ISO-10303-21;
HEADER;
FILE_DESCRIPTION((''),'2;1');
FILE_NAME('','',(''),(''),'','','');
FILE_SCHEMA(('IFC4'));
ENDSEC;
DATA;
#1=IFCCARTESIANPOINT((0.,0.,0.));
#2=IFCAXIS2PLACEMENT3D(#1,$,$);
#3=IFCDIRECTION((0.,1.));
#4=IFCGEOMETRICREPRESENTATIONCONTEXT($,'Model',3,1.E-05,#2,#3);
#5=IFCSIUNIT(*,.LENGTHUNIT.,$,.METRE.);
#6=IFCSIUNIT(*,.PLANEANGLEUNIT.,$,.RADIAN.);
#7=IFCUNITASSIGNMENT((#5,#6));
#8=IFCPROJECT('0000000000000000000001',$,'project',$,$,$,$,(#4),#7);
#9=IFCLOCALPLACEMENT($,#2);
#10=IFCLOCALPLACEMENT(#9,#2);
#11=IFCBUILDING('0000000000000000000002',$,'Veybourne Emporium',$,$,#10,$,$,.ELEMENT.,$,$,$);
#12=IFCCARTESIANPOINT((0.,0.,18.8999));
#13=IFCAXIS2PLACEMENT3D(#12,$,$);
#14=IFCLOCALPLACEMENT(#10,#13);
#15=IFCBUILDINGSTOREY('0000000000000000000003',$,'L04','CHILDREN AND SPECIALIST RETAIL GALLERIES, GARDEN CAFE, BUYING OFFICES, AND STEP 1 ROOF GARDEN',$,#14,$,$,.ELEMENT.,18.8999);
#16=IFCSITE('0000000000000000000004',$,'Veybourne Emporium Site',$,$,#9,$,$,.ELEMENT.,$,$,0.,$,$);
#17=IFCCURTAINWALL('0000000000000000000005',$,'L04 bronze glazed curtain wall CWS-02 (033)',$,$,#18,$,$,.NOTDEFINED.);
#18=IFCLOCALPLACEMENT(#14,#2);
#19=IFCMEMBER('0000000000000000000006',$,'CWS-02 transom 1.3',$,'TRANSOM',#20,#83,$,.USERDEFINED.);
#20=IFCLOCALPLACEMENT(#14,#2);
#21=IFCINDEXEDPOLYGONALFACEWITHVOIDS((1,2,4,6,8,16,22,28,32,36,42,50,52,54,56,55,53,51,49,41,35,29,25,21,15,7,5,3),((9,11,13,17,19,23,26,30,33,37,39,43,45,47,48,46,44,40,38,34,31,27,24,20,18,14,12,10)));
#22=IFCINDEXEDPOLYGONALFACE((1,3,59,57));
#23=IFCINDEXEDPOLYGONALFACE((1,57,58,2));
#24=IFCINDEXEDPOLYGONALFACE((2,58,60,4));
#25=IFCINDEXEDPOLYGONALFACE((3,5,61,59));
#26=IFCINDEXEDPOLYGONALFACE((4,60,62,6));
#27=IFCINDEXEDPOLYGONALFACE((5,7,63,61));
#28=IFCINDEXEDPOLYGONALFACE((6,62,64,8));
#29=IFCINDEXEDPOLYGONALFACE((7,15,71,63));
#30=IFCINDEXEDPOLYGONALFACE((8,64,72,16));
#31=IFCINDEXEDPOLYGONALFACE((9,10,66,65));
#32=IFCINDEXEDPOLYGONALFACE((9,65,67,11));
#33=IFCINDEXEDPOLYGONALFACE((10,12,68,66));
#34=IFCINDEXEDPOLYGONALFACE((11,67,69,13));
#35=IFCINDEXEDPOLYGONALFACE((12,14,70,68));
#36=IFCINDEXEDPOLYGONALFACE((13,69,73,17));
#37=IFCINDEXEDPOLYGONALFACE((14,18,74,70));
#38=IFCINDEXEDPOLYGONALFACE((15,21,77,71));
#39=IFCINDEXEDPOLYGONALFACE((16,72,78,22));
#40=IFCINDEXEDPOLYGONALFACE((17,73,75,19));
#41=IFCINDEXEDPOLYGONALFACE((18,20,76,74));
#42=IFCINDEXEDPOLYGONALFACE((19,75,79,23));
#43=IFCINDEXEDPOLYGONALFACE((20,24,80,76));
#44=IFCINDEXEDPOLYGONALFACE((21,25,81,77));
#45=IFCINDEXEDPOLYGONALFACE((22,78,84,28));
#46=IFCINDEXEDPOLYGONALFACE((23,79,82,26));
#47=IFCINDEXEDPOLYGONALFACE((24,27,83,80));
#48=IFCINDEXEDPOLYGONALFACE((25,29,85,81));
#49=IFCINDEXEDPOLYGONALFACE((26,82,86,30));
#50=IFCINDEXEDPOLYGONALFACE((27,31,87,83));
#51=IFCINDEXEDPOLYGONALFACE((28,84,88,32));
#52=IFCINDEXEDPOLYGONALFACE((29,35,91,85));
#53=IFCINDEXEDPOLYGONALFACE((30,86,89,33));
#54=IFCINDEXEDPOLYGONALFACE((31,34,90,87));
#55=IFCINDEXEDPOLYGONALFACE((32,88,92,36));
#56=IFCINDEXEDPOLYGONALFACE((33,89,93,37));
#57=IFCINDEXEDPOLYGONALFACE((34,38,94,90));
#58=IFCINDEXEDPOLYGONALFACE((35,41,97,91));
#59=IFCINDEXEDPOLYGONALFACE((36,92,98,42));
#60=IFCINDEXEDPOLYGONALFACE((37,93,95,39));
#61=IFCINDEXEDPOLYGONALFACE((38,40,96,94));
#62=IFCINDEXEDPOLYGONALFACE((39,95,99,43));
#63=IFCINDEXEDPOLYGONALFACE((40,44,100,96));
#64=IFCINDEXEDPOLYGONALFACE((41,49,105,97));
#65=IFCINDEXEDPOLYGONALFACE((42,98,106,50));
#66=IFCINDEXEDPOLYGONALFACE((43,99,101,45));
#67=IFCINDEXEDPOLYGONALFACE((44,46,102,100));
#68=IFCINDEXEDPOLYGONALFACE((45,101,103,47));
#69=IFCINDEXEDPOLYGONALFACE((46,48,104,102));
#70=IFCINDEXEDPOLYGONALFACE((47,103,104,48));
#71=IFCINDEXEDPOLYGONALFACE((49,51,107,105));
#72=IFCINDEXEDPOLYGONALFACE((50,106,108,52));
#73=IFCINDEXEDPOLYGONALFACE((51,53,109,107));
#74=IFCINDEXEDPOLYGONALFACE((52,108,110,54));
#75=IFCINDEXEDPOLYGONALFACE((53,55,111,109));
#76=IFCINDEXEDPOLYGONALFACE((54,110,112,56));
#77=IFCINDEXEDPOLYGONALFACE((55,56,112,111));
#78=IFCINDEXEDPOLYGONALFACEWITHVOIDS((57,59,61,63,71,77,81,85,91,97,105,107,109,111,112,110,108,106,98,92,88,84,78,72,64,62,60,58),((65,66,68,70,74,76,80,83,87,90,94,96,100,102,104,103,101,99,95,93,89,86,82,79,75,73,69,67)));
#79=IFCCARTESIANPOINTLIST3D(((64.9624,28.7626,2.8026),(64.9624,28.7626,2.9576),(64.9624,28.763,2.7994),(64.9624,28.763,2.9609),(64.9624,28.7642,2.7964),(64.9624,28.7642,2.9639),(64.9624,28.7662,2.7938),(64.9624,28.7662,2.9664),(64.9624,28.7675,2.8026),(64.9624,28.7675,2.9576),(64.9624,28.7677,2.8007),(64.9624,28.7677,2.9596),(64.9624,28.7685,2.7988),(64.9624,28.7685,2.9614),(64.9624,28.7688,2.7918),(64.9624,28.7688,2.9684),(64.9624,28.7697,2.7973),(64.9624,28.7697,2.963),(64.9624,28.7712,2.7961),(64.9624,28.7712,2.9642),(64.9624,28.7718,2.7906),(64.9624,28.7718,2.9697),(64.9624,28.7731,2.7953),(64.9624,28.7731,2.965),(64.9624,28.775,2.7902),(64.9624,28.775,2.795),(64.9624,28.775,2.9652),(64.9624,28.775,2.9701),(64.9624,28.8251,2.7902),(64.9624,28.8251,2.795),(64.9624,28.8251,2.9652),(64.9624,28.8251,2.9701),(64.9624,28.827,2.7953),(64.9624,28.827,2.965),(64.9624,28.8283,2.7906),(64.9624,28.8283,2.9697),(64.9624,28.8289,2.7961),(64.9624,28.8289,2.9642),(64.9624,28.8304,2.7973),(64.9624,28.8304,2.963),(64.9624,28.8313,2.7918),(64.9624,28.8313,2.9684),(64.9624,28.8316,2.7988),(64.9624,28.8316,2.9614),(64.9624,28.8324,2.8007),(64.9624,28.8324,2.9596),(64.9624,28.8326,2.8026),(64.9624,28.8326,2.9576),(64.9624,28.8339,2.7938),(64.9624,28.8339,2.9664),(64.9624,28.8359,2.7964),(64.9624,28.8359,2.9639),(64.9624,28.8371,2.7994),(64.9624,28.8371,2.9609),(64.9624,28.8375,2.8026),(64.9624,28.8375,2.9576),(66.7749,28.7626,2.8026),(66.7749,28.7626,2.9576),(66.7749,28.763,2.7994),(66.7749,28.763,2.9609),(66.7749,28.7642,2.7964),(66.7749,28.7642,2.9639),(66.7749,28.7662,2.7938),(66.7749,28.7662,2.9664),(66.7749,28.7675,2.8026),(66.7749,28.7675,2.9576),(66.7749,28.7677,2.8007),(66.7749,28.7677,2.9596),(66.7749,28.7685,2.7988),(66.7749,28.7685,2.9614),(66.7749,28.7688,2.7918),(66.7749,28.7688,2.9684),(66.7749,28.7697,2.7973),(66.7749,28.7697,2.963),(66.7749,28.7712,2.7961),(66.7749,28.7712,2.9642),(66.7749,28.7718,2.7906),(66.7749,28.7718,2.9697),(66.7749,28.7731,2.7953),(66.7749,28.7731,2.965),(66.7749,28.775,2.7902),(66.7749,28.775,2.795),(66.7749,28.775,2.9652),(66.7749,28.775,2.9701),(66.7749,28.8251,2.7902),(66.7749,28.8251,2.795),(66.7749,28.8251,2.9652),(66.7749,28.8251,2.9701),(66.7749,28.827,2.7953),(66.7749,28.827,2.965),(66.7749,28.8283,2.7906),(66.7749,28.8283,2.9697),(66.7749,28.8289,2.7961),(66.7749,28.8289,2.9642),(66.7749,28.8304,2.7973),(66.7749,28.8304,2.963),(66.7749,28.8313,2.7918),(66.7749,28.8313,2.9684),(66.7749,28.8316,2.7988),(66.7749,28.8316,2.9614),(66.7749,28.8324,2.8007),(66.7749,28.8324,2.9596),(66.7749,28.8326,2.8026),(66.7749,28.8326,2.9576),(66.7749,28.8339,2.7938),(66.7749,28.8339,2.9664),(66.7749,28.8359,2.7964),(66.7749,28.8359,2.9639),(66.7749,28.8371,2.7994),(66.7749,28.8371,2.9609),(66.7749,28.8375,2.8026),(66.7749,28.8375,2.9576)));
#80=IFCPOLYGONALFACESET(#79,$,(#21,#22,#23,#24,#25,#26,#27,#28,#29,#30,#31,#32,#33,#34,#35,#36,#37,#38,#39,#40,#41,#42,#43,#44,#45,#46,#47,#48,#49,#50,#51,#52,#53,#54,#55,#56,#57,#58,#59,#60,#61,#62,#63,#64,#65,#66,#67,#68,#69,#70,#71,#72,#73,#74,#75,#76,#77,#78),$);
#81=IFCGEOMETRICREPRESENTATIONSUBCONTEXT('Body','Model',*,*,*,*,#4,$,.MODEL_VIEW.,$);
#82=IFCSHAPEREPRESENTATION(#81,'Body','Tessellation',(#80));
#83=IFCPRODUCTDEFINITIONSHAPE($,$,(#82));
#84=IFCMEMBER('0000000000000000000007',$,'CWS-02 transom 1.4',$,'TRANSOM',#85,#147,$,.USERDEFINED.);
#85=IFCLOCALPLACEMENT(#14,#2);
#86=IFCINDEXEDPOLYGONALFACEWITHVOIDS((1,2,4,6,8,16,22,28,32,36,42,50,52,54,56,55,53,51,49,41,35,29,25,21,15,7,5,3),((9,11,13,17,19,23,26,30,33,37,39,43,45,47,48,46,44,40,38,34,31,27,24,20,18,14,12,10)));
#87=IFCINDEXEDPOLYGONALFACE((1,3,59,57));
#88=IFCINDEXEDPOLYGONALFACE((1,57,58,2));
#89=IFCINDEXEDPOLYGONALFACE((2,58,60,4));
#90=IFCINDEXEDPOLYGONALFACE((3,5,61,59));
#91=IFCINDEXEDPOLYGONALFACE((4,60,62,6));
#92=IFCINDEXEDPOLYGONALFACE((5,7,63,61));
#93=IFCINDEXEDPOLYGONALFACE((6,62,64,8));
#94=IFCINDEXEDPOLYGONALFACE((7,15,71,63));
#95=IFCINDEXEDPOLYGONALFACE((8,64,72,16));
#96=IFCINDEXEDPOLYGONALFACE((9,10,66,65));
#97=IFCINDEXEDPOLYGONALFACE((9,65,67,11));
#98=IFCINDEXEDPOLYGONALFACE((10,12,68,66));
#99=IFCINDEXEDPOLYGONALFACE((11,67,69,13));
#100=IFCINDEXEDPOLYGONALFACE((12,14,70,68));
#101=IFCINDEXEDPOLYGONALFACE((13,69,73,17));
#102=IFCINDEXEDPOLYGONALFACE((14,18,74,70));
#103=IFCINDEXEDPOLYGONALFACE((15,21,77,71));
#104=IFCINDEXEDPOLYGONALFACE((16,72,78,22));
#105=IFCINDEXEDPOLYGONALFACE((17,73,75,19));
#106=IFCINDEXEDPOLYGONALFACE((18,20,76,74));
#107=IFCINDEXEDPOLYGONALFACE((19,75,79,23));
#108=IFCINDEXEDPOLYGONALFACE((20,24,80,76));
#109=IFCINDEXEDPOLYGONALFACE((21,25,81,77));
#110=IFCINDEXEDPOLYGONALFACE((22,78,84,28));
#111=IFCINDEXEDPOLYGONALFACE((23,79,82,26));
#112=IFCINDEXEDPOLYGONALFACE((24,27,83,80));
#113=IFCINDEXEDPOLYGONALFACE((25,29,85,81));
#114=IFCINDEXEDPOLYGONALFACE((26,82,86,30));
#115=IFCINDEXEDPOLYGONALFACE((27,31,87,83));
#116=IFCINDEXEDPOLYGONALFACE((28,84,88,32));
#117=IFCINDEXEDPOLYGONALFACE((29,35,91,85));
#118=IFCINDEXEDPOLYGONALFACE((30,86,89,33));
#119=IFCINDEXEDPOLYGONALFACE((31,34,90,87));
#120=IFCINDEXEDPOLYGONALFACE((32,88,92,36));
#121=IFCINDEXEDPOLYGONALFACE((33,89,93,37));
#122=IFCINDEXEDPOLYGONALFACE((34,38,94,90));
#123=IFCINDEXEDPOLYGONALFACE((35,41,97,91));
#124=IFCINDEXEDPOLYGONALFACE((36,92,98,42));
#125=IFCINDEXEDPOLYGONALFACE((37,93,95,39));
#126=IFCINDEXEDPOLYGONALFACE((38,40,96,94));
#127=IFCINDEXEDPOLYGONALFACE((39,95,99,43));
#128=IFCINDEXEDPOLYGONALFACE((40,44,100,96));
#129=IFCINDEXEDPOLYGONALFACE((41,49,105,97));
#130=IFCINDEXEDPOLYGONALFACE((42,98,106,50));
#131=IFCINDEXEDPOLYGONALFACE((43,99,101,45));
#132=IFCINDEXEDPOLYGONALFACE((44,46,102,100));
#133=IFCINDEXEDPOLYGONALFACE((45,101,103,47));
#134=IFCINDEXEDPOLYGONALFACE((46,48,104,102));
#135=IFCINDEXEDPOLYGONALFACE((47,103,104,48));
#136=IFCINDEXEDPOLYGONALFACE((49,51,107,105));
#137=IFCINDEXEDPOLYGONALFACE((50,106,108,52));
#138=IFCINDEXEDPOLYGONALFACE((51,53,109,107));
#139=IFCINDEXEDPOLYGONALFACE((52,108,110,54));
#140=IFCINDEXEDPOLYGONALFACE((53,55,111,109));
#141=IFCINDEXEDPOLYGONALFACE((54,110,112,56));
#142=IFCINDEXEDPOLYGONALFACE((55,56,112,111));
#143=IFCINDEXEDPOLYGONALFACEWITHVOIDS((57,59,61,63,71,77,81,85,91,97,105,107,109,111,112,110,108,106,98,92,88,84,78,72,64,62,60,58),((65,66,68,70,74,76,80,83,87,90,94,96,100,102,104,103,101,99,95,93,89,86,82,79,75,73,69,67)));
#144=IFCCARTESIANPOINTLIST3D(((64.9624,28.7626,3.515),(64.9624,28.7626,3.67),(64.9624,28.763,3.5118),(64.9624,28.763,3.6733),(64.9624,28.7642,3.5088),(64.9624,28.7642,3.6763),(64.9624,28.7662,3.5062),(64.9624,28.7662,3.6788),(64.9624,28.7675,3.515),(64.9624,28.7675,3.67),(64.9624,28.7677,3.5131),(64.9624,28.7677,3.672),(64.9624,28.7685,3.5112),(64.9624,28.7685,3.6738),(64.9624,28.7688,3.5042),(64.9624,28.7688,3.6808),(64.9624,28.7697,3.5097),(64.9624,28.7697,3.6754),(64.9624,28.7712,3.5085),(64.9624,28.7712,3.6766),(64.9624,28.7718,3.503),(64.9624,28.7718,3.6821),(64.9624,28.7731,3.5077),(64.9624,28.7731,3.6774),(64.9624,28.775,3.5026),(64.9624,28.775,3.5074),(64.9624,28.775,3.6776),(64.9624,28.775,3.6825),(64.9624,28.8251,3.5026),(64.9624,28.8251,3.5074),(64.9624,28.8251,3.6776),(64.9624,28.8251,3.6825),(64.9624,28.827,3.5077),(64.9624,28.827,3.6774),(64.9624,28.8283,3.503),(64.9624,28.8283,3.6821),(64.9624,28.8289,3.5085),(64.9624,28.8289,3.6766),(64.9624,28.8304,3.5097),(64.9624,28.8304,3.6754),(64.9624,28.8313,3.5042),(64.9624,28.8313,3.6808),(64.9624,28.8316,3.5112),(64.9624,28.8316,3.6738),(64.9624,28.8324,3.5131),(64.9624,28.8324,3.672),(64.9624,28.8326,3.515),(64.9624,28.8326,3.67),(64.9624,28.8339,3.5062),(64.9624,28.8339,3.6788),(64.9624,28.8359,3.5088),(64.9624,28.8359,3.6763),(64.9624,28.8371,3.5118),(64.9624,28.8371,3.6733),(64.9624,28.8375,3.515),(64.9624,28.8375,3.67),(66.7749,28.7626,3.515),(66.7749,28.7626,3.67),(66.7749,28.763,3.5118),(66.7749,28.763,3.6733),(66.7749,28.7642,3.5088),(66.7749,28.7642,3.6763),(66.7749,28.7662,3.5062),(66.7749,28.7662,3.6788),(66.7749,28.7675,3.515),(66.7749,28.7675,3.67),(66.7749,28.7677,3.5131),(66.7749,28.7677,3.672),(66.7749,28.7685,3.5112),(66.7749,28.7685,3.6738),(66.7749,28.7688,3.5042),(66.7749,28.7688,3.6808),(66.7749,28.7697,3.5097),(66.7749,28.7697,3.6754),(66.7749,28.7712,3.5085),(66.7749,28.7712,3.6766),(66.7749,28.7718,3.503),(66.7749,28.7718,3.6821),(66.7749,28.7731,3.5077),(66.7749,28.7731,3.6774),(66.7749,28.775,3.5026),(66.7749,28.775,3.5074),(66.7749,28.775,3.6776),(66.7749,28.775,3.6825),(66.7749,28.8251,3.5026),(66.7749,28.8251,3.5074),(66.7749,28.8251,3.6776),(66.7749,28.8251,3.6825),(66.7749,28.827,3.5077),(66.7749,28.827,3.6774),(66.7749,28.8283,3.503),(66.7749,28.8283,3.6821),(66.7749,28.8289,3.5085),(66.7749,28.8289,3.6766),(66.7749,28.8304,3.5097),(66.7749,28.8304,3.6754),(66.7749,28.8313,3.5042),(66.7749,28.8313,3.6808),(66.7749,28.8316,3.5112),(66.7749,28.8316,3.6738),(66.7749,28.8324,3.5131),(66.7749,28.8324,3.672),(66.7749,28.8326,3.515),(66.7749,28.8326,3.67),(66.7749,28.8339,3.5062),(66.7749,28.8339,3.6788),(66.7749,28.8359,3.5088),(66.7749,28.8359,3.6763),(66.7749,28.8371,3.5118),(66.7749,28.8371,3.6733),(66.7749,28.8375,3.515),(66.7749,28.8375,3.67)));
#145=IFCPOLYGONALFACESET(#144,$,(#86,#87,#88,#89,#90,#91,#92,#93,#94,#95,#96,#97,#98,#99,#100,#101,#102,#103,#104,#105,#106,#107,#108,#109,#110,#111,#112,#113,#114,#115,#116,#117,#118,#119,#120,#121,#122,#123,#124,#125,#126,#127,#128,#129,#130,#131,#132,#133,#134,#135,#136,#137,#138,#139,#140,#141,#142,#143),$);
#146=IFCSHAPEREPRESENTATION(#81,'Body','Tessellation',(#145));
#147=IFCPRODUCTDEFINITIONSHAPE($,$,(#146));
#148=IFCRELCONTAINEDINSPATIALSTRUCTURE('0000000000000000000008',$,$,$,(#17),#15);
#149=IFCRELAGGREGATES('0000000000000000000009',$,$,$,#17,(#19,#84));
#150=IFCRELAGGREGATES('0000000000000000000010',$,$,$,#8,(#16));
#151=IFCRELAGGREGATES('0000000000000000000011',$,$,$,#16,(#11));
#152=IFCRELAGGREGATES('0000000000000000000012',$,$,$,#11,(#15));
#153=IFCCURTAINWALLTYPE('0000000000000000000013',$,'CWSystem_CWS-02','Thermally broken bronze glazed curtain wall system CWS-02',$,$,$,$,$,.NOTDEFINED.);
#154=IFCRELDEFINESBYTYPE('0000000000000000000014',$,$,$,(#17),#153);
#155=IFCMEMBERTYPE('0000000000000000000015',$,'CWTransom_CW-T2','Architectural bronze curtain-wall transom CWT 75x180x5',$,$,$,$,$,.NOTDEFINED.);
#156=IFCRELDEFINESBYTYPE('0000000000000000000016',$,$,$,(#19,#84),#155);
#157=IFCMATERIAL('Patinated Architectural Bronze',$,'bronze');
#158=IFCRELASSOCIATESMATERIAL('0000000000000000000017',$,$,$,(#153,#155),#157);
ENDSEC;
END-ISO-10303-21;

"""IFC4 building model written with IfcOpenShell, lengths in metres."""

from ifc_helpers import new_model, si_unit, direction, frame, origin, origin_2d, place, context, subcontext, project, spatial, hollow_rectangle, extrude, material, material_profile, profile_set, type_object, element, aggregate, save


model = new_model("IFC4")

# Units and contexts
model_context = context("Model", 3, precision=1e-05, world=origin(), true_north=direction((0.0, 1.0)))
body_context = subcontext(model_context, "Body", "Model", "MODEL_VIEW")
ifc_project = project(units=[si_unit("LENGTHUNIT", "METRE"), si_unit("PLANEANGLEUNIT", "RADIAN")], contexts=[model_context])

# Site, building, storey
site_placement = place(None, origin())
site = spatial("IfcSite", under=ifc_project, at=site_placement, Name="Veybourne Emporium Site", CompositionType="ELEMENT", RefElevation=0.0)
building_placement = place(site_placement, origin())
building = spatial("IfcBuilding", under=site, at=building_placement, Name="Veybourne Emporium", CompositionType="ELEMENT")
storey_placement = place(building_placement, frame((0.0, 0.0, 18.8999)))
storey = spatial("IfcBuildingStorey", under=building, at=storey_placement, Name="L04", Description="CHILDREN AND SPECIALIST RETAIL GALLERIES, GARDEN CAFE, BUYING OFFICES, AND STEP 1 ROOF GARDEN", CompositionType="ELEMENT", Elevation=18.8999)

# Curtain wall
ifc_material_1 = material(Name="Patinated Architectural Bronze", Category="bronze")
curtain_wall_type_1 = type_object("IfcCurtainWallType", Name="CWSystem_CWS-02", Description="Thermally broken bronze glazed curtain wall system CWS-02", PredefinedType="NOTDEFINED", material=ifc_material_1)
curtain_wall_1_placement = place(storey_placement, origin())
curtain_wall_1 = element("IfcCurtainWall", 1, at=curtain_wall_1_placement, inside=storey, type_object=curtain_wall_type_1, Name="L04 bronze glazed curtain wall CWS-02 (033)", PredefinedType="NOTDEFINED")

# Members
ifc_material_profile_1 = material_profile(ifc_material_1, hollow_rectangle(XDim=0.075, YDim=0.1799, WallThickness=0.0049, InnerFilletRadius=0.0076, OuterFilletRadius=0.0125, at=origin_2d()), Name="CWT 75x180x5")
ifc_profile_set_1 = profile_set([ifc_material_profile_1], Name="Patinated Architectural Bronze")
member_type_1 = type_object("IfcMemberType", Name="CWTransom_CW-T2", Description="Architectural bronze curtain-wall transom CWT 75x180x5", PredefinedType="NOTDEFINED", material=ifc_profile_set_1)
member_1_placement = place(storey_placement, frame((66.7749, 28.8, 2.8801), z_axis=(-1.0, 0.0, 0.0), x_axis=(0.0, -1.0, 0.0)))
member_1 = element("IfcMember", 2, at=member_1_placement, type_object=member_type_1, Name="CWS-02 transom 1.3", ObjectType="TRANSOM", PredefinedType="USERDEFINED", context=body_context, shape_type="SweptSolid", body=[
    extrude(hollow_rectangle(XDim=0.075, YDim=0.1799, WallThickness=0.0049, InnerFilletRadius=0.0076, OuterFilletRadius=0.0125, at=origin_2d()), origin(), (0.0, 0.0, 1.0), 1.8125),
])
member_2_placement = place(storey_placement, frame((66.7749, 28.8, 3.5925), z_axis=(-1.0, 0.0, 0.0), x_axis=(0.0, -1.0, 0.0)))
member_2 = element("IfcMember", 3, at=member_2_placement, type_object=member_type_1, Name="CWS-02 transom 1.4", ObjectType="TRANSOM", PredefinedType="USERDEFINED", context=body_context, shape_type="SweptSolid", body=[
    extrude(hollow_rectangle(XDim=0.075, YDim=0.1799, WallThickness=0.0049, InnerFilletRadius=0.0076, OuterFilletRadius=0.0125, at=origin_2d()), origin(), (0.0, 0.0, 1.0), 1.8125),
])
aggregate(curtain_wall_1, [member_1, member_2])

save(model, "model.ifc")
